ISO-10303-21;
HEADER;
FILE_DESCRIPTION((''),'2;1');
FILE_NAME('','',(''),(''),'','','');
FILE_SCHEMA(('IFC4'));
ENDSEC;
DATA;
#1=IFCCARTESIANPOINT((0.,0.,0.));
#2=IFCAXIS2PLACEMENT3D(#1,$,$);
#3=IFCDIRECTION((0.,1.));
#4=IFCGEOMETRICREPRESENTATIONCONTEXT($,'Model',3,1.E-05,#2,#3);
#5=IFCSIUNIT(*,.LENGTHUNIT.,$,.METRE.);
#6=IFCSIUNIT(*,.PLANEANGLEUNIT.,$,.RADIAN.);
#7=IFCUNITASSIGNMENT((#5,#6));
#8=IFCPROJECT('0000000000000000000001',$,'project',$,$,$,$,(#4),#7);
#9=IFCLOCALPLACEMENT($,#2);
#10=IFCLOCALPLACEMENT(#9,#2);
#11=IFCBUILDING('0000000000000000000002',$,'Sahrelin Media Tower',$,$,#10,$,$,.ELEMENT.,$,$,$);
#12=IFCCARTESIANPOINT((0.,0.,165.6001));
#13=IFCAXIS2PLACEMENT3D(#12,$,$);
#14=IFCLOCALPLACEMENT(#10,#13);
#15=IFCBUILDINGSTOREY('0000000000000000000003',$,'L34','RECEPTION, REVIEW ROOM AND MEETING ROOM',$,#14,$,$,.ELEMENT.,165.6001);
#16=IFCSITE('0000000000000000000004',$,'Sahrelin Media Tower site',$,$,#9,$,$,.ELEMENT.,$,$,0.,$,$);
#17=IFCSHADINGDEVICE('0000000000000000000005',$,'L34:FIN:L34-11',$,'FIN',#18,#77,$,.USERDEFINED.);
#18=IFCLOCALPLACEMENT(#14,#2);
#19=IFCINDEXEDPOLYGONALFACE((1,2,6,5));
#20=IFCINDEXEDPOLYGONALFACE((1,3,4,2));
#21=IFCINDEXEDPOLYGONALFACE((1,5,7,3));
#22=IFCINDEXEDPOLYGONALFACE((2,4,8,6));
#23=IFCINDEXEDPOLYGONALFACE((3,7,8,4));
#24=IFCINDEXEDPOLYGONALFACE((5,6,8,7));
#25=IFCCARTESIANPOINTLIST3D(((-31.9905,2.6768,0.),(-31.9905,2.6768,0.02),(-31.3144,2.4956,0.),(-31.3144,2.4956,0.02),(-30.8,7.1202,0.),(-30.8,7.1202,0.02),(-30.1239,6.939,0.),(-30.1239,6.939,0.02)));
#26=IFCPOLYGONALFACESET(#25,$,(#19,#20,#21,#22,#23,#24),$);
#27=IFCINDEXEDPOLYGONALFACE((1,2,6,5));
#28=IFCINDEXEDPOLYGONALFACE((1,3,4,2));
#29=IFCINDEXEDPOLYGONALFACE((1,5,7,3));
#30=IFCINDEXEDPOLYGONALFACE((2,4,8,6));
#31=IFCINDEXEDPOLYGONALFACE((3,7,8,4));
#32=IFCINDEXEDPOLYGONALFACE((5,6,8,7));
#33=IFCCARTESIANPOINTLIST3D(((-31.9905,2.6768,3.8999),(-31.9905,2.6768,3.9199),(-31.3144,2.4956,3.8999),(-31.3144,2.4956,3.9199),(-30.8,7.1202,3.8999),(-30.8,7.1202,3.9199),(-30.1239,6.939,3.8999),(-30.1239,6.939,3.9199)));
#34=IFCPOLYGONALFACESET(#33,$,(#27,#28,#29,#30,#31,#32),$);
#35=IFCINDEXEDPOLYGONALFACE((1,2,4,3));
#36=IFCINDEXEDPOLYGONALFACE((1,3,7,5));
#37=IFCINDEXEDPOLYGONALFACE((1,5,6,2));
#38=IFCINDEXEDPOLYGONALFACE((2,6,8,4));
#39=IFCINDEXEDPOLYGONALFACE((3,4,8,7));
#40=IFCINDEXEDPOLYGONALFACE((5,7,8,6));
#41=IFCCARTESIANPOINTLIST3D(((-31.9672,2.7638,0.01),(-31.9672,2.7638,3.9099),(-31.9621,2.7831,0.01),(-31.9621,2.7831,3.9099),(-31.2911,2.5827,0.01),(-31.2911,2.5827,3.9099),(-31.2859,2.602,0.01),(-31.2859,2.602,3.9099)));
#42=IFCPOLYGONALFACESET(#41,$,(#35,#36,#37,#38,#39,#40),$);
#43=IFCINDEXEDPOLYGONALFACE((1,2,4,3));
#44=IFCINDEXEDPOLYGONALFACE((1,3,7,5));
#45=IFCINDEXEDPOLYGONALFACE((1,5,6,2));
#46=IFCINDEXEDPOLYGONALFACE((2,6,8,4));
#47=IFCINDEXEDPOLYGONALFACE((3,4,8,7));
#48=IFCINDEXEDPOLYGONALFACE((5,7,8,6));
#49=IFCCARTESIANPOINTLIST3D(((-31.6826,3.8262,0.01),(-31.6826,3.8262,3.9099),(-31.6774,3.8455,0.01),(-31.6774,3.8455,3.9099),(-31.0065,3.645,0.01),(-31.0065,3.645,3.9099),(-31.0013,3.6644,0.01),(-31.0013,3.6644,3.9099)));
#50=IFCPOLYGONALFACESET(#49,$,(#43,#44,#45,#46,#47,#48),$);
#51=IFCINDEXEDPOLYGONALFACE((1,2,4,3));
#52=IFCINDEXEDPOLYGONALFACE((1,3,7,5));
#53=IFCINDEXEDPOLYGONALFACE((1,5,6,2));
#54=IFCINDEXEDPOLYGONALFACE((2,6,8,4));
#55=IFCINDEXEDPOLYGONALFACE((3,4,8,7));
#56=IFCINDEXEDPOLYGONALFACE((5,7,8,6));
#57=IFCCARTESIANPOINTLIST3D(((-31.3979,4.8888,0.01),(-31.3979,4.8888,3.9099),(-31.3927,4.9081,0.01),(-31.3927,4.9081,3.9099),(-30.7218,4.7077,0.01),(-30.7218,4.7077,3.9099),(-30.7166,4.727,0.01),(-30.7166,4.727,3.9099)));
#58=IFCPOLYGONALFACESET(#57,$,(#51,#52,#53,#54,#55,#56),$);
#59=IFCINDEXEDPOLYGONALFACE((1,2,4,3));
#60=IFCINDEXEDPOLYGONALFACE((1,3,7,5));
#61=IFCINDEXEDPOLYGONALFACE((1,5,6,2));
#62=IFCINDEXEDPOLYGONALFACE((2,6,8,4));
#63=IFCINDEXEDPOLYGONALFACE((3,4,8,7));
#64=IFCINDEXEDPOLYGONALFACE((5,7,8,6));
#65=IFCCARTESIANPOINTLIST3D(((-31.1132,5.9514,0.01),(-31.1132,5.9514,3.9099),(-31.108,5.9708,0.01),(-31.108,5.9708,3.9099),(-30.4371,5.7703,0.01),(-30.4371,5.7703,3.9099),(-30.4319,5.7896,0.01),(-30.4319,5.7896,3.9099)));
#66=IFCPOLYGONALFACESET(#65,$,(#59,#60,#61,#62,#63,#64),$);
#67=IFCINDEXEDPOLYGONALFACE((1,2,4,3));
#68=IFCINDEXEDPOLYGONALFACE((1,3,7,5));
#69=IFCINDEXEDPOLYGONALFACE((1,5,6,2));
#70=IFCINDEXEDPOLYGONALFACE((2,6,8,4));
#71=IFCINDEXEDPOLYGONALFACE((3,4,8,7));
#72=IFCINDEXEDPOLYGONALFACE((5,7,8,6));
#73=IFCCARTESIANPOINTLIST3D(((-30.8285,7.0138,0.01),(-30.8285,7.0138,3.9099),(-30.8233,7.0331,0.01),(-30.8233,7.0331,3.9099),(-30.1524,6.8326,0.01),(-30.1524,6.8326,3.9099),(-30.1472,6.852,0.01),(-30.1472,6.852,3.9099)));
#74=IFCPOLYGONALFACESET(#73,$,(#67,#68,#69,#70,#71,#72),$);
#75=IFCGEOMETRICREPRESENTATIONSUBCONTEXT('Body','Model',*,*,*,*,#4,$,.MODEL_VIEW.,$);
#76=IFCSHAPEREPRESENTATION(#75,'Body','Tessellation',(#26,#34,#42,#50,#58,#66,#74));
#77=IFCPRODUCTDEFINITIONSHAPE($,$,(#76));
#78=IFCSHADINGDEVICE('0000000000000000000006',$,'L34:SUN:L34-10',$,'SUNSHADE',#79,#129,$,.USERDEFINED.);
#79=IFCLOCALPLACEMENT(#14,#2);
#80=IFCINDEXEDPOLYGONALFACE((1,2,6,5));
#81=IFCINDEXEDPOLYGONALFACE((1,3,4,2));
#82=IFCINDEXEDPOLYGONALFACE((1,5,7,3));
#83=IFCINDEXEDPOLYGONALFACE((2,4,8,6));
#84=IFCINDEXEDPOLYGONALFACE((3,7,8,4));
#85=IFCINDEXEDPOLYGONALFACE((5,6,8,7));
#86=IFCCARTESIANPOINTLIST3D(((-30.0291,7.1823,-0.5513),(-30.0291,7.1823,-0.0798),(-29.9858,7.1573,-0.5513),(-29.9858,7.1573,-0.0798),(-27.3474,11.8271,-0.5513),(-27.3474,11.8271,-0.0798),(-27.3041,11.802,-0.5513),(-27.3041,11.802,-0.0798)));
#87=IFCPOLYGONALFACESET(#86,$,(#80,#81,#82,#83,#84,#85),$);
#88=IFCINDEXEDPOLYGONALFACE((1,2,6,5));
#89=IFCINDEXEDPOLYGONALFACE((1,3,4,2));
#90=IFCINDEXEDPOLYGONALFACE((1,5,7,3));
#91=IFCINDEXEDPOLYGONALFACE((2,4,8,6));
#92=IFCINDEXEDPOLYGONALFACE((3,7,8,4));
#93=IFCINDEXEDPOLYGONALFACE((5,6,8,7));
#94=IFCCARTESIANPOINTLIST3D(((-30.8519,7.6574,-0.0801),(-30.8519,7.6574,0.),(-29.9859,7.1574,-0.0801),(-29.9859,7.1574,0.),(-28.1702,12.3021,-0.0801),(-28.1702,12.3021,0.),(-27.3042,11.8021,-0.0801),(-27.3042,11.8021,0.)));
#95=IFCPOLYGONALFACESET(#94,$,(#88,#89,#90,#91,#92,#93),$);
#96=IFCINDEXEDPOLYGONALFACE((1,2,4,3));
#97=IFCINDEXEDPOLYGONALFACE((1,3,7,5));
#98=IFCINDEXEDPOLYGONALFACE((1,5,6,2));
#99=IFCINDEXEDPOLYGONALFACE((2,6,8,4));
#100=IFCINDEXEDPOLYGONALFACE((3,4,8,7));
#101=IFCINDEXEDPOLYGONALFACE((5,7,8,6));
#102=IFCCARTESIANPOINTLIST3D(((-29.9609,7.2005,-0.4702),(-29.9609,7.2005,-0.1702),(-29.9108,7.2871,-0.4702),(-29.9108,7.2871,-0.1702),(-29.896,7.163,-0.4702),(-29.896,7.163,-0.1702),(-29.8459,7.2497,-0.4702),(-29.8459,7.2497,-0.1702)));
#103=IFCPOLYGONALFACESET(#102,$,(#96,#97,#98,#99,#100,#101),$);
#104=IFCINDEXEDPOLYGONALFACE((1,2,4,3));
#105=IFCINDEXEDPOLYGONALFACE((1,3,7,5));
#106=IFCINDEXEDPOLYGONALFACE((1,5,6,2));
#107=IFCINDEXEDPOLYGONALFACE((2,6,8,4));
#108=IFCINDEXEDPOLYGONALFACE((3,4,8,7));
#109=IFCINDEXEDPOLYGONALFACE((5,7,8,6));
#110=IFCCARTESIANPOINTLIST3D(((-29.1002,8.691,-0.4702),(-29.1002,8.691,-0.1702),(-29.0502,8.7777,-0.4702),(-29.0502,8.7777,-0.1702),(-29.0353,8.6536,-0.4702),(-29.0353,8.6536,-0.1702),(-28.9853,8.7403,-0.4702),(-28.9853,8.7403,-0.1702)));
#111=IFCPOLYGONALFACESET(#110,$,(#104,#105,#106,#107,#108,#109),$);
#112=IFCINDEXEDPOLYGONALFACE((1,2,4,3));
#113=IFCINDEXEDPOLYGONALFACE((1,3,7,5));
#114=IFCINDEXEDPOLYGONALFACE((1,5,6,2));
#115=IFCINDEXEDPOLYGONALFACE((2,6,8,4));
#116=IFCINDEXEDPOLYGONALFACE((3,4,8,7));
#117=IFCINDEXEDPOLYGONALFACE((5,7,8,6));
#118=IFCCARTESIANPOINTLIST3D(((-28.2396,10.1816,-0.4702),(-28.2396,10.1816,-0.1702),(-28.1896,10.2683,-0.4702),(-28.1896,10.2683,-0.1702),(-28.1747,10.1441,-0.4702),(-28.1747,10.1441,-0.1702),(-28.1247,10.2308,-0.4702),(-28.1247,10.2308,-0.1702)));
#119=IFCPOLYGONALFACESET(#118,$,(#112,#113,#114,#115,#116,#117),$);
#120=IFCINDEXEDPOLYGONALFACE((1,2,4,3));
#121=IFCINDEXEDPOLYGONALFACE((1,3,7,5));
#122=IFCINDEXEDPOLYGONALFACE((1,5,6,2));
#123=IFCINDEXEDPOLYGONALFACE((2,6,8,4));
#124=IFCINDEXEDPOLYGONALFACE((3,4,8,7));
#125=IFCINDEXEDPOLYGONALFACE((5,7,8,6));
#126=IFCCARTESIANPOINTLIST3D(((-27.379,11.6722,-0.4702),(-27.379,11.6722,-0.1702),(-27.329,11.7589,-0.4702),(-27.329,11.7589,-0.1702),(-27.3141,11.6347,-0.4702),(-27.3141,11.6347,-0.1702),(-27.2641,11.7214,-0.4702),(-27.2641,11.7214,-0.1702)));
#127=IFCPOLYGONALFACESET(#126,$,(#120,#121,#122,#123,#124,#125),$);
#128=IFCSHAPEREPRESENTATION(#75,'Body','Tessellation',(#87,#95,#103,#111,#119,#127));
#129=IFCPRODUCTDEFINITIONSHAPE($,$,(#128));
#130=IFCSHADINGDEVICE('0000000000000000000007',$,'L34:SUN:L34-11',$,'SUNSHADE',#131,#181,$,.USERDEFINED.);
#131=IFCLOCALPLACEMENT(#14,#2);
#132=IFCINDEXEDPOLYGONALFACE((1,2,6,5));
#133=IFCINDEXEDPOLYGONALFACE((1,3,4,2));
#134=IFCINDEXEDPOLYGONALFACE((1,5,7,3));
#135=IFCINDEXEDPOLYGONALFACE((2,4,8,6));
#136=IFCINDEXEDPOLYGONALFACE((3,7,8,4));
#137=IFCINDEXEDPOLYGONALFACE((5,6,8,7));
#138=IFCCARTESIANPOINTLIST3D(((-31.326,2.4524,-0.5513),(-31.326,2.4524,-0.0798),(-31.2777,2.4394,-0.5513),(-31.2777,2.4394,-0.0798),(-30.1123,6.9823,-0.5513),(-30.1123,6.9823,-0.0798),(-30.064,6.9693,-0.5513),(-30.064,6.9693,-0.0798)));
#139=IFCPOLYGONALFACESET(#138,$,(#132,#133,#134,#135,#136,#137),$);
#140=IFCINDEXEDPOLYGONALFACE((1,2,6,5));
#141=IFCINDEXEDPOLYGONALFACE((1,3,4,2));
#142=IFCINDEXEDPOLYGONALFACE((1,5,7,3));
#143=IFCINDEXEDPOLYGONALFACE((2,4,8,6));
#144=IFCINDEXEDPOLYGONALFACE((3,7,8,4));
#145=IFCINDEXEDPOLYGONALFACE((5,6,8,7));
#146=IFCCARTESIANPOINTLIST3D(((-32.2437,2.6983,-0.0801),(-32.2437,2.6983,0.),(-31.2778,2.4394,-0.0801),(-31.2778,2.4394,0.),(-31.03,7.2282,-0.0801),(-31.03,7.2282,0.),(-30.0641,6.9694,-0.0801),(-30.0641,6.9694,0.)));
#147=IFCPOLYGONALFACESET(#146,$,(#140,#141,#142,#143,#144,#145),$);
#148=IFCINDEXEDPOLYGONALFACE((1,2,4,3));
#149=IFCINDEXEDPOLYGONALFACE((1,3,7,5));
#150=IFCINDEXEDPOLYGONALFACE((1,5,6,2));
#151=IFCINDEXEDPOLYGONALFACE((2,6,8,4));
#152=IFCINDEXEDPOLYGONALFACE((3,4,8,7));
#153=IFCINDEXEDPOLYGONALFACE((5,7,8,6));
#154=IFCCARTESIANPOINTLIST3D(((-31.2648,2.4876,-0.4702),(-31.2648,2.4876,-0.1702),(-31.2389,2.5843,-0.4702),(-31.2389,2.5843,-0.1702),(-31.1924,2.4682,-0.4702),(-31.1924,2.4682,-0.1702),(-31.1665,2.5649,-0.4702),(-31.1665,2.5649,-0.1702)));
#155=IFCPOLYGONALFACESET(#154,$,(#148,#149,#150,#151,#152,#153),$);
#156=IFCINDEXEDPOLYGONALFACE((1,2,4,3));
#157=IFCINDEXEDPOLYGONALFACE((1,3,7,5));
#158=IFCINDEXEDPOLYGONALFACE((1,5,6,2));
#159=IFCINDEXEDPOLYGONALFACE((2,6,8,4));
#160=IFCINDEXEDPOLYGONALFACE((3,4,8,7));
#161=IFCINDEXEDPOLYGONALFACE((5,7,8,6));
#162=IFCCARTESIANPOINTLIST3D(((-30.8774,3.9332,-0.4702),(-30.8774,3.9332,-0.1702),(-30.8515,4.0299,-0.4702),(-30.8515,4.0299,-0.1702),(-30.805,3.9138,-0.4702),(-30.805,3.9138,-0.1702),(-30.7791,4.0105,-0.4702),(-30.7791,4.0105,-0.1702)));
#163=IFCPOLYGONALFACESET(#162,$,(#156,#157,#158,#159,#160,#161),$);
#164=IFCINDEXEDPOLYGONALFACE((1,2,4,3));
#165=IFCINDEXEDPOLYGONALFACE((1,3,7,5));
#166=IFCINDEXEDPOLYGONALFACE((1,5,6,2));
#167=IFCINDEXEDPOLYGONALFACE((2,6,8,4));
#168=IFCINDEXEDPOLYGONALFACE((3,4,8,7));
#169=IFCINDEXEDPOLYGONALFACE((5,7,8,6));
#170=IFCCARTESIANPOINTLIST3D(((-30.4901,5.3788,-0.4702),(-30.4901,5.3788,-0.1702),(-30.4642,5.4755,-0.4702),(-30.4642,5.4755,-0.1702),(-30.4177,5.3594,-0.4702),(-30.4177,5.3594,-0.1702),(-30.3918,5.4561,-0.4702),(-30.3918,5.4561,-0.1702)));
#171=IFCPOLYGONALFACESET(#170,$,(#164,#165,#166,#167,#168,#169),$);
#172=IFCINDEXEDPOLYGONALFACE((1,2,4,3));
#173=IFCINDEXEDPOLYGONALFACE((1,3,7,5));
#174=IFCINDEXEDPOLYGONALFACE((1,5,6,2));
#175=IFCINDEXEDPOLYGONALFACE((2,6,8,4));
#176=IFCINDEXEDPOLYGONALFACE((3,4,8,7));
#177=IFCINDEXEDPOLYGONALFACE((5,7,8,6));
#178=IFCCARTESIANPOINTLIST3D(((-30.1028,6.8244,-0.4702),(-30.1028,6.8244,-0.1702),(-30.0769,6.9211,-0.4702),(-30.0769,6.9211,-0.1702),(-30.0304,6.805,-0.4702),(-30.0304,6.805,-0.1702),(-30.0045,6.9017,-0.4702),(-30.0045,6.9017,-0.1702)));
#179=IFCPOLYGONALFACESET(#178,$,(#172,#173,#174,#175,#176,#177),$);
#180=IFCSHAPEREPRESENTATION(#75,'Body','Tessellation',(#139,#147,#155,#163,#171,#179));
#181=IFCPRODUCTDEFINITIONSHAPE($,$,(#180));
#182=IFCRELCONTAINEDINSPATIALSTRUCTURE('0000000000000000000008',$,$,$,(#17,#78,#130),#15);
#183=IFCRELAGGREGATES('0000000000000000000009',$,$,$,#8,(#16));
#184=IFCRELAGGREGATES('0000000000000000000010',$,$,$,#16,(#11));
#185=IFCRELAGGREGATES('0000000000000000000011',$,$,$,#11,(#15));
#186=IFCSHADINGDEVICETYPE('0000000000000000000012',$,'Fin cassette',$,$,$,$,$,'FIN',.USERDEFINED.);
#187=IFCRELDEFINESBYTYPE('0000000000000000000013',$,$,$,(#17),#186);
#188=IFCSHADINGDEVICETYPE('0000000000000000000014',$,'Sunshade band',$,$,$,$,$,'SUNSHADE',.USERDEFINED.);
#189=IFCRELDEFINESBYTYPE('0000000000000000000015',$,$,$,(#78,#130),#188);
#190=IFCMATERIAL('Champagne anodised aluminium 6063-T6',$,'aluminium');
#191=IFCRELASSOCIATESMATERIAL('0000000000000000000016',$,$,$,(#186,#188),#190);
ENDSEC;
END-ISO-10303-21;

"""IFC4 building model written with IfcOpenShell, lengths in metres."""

from ifc_helpers import new_model, si_unit, direction, frame, origin, origin_2d, place, context, subcontext, project, spatial, rectangle, extrude, material, type_object, element, save


model = new_model("IFC4")

# Units and contexts
model_context = context("Model", 3, precision=1e-05, world=origin(), true_north=direction((0.0, 1.0)))
body_context = subcontext(model_context, "Body", "Model", "MODEL_VIEW")
ifc_project = project(units=[si_unit("LENGTHUNIT", "METRE"), si_unit("PLANEANGLEUNIT", "RADIAN")], contexts=[model_context])

# Site, building, storey
site_placement = place(None, origin())
site = spatial("IfcSite", under=ifc_project, at=site_placement, Name="Sahrelin Media Tower site", CompositionType="ELEMENT", RefElevation=0.0)
building_placement = place(site_placement, origin())
building = spatial("IfcBuilding", under=site, at=building_placement, Name="Sahrelin Media Tower", CompositionType="ELEMENT")
storey_placement = place(building_placement, frame((0.0, 0.0, 165.6001)))
storey = spatial("IfcBuildingStorey", under=building, at=storey_placement, Name="L34", Description="RECEPTION, REVIEW ROOM AND MEETING ROOM", CompositionType="ELEMENT", Elevation=165.6001)

# Shared definitions
ifc_material_1 = material(Name="Champagne anodised aluminium 6063-T6", Category="aluminium")

# Shading devices
shading_device_type_1 = type_object("IfcShadingDeviceType", Name="Fin cassette", ElementType="FIN", PredefinedType="USERDEFINED", material=ifc_material_1)
placement_1 = place(storey_placement, frame((-28.6277, 9.4697, 0.0), z_axis=(0.0, 0.0, 1.0), x_axis=(0.500011, 0.866019, 0.0)))
placement_2 = place(storey_placement, frame((-30.6516, 4.6992, 0.0), z_axis=(0.0, 0.0, 1.0), x_axis=(0.258808, 0.965929, 0.0)))
element("IfcShadingDevice", 1, at=placement_2, inside=storey, type_object=shading_device_type_1, Name="L34:FIN:L34-11", ObjectType="FIN", PredefinedType="USERDEFINED", context=body_context, shape_type="SweptSolid", body=[
    extrude(rectangle(XDim=4.6001, YDim=0.7, at=origin_2d()), frame((0.0, 0.4199, 0.0)), (0.0, 0.0, 1.0), 0.02),
    extrude(rectangle(XDim=4.6001, YDim=0.7, at=origin_2d()), frame((0.0, 0.4199, 3.8999)), (0.0, 0.0, 1.0), 0.02),
    extrude(rectangle(XDim=0.02, YDim=0.7, at=origin_2d()), frame((-2.2, 0.4199, 0.01), z_axis=(0.0, 0.0, 1.0), x_axis=(1.0, 0.0, 0.0)), (0.0, 0.0, 1.0), 3.8999),
    extrude(rectangle(XDim=0.02, YDim=0.7, at=origin_2d()), frame((-1.1001, 0.4199, 0.01), z_axis=(0.0, 0.0, 1.0), x_axis=(1.0, 0.0, 0.0)), (0.0, 0.0, 1.0), 3.8999),
    extrude(rectangle(XDim=0.02, YDim=0.7, at=origin_2d()), frame((0.0, 0.4199, 0.01), z_axis=(0.0, 0.0, 1.0), x_axis=(1.0, 0.0, 0.0)), (0.0, 0.0, 1.0), 3.8999),
    extrude(rectangle(XDim=0.02, YDim=0.7, at=origin_2d()), frame((1.1001, 0.4199, 0.01), z_axis=(0.0, 0.0, 1.0), x_axis=(1.0, 0.0, 0.0)), (0.0, 0.0, 1.0), 3.8999),
    extrude(rectangle(XDim=0.02, YDim=0.7, at=origin_2d()), frame((2.2, 0.4199, 0.01), z_axis=(0.0, 0.0, 1.0), x_axis=(1.0, 0.0, 0.0)), (0.0, 0.0, 1.0), 3.8999),
])
shading_device_type_2 = type_object("IfcShadingDeviceType", Name="Sunshade band", ElementType="SUNSHADE", PredefinedType="USERDEFINED", material=ifc_material_1)
element("IfcShadingDevice", 2, at=placement_1, inside=storey, type_object=shading_device_type_2, Name="L34:SUN:L34-10", ObjectType="SUNSHADE", PredefinedType="USERDEFINED", context=body_context, shape_type="SweptSolid", body=[
    extrude(rectangle(XDim=5.3633, YDim=0.05, at=origin_2d()), frame((0.0, 0.0449, -0.5513)), (0.0, 0.0, 1.0), 0.4714),
    extrude(rectangle(XDim=5.3633, YDim=1.0, at=origin_2d()), frame((0.0, 0.52, -0.0801)), (0.0, 0.0, 1.0), 0.0801),
    extrude(rectangle(XDim=0.1001, YDim=0.075, at=origin_2d()), frame((-2.5818, -0.0176, -0.4702)), (0.0, 0.0, 1.0), 0.3),
    extrude(rectangle(XDim=0.1001, YDim=0.075, at=origin_2d()), frame((-0.8606, -0.0176, -0.4702)), (0.0, 0.0, 1.0), 0.3),
    extrude(rectangle(XDim=0.1001, YDim=0.075, at=origin_2d()), frame((0.8606, -0.0176, -0.4702)), (0.0, 0.0, 1.0), 0.3),
    extrude(rectangle(XDim=0.1001, YDim=0.075, at=origin_2d()), frame((2.5818, -0.0176, -0.4702)), (0.0, 0.0, 1.0), 0.3),
])
element("IfcShadingDevice", 3, at=placement_2, inside=storey, type_object=shading_device_type_2, Name="L34:SUN:L34-11", ObjectType="SUNSHADE", PredefinedType="USERDEFINED", context=body_context, shape_type="SweptSolid", body=[
    extrude(rectangle(XDim=4.6897, YDim=0.05, at=origin_2d()), frame((0.0, 0.0449, -0.5513)), (0.0, 0.0, 1.0), 0.4714),
    extrude(rectangle(XDim=4.6897, YDim=1.0, at=origin_2d()), frame((0.0, 0.52, -0.0801)), (0.0, 0.0, 1.0), 0.0801),
    extrude(rectangle(XDim=0.1001, YDim=0.075, at=origin_2d()), frame((-2.2449, -0.0176, -0.4702)), (0.0, 0.0, 1.0), 0.3),
    extrude(rectangle(XDim=0.1001, YDim=0.075, at=origin_2d()), frame((-0.7483, -0.0176, -0.4702)), (0.0, 0.0, 1.0), 0.3),
    extrude(rectangle(XDim=0.1001, YDim=0.075, at=origin_2d()), frame((0.7483, -0.0176, -0.4702)), (0.0, 0.0, 1.0), 0.3),
    extrude(rectangle(XDim=0.1001, YDim=0.075, at=origin_2d()), frame((2.2449, -0.0176, -0.4702)), (0.0, 0.0, 1.0), 0.3),
])

save(model, "model.ifc")
